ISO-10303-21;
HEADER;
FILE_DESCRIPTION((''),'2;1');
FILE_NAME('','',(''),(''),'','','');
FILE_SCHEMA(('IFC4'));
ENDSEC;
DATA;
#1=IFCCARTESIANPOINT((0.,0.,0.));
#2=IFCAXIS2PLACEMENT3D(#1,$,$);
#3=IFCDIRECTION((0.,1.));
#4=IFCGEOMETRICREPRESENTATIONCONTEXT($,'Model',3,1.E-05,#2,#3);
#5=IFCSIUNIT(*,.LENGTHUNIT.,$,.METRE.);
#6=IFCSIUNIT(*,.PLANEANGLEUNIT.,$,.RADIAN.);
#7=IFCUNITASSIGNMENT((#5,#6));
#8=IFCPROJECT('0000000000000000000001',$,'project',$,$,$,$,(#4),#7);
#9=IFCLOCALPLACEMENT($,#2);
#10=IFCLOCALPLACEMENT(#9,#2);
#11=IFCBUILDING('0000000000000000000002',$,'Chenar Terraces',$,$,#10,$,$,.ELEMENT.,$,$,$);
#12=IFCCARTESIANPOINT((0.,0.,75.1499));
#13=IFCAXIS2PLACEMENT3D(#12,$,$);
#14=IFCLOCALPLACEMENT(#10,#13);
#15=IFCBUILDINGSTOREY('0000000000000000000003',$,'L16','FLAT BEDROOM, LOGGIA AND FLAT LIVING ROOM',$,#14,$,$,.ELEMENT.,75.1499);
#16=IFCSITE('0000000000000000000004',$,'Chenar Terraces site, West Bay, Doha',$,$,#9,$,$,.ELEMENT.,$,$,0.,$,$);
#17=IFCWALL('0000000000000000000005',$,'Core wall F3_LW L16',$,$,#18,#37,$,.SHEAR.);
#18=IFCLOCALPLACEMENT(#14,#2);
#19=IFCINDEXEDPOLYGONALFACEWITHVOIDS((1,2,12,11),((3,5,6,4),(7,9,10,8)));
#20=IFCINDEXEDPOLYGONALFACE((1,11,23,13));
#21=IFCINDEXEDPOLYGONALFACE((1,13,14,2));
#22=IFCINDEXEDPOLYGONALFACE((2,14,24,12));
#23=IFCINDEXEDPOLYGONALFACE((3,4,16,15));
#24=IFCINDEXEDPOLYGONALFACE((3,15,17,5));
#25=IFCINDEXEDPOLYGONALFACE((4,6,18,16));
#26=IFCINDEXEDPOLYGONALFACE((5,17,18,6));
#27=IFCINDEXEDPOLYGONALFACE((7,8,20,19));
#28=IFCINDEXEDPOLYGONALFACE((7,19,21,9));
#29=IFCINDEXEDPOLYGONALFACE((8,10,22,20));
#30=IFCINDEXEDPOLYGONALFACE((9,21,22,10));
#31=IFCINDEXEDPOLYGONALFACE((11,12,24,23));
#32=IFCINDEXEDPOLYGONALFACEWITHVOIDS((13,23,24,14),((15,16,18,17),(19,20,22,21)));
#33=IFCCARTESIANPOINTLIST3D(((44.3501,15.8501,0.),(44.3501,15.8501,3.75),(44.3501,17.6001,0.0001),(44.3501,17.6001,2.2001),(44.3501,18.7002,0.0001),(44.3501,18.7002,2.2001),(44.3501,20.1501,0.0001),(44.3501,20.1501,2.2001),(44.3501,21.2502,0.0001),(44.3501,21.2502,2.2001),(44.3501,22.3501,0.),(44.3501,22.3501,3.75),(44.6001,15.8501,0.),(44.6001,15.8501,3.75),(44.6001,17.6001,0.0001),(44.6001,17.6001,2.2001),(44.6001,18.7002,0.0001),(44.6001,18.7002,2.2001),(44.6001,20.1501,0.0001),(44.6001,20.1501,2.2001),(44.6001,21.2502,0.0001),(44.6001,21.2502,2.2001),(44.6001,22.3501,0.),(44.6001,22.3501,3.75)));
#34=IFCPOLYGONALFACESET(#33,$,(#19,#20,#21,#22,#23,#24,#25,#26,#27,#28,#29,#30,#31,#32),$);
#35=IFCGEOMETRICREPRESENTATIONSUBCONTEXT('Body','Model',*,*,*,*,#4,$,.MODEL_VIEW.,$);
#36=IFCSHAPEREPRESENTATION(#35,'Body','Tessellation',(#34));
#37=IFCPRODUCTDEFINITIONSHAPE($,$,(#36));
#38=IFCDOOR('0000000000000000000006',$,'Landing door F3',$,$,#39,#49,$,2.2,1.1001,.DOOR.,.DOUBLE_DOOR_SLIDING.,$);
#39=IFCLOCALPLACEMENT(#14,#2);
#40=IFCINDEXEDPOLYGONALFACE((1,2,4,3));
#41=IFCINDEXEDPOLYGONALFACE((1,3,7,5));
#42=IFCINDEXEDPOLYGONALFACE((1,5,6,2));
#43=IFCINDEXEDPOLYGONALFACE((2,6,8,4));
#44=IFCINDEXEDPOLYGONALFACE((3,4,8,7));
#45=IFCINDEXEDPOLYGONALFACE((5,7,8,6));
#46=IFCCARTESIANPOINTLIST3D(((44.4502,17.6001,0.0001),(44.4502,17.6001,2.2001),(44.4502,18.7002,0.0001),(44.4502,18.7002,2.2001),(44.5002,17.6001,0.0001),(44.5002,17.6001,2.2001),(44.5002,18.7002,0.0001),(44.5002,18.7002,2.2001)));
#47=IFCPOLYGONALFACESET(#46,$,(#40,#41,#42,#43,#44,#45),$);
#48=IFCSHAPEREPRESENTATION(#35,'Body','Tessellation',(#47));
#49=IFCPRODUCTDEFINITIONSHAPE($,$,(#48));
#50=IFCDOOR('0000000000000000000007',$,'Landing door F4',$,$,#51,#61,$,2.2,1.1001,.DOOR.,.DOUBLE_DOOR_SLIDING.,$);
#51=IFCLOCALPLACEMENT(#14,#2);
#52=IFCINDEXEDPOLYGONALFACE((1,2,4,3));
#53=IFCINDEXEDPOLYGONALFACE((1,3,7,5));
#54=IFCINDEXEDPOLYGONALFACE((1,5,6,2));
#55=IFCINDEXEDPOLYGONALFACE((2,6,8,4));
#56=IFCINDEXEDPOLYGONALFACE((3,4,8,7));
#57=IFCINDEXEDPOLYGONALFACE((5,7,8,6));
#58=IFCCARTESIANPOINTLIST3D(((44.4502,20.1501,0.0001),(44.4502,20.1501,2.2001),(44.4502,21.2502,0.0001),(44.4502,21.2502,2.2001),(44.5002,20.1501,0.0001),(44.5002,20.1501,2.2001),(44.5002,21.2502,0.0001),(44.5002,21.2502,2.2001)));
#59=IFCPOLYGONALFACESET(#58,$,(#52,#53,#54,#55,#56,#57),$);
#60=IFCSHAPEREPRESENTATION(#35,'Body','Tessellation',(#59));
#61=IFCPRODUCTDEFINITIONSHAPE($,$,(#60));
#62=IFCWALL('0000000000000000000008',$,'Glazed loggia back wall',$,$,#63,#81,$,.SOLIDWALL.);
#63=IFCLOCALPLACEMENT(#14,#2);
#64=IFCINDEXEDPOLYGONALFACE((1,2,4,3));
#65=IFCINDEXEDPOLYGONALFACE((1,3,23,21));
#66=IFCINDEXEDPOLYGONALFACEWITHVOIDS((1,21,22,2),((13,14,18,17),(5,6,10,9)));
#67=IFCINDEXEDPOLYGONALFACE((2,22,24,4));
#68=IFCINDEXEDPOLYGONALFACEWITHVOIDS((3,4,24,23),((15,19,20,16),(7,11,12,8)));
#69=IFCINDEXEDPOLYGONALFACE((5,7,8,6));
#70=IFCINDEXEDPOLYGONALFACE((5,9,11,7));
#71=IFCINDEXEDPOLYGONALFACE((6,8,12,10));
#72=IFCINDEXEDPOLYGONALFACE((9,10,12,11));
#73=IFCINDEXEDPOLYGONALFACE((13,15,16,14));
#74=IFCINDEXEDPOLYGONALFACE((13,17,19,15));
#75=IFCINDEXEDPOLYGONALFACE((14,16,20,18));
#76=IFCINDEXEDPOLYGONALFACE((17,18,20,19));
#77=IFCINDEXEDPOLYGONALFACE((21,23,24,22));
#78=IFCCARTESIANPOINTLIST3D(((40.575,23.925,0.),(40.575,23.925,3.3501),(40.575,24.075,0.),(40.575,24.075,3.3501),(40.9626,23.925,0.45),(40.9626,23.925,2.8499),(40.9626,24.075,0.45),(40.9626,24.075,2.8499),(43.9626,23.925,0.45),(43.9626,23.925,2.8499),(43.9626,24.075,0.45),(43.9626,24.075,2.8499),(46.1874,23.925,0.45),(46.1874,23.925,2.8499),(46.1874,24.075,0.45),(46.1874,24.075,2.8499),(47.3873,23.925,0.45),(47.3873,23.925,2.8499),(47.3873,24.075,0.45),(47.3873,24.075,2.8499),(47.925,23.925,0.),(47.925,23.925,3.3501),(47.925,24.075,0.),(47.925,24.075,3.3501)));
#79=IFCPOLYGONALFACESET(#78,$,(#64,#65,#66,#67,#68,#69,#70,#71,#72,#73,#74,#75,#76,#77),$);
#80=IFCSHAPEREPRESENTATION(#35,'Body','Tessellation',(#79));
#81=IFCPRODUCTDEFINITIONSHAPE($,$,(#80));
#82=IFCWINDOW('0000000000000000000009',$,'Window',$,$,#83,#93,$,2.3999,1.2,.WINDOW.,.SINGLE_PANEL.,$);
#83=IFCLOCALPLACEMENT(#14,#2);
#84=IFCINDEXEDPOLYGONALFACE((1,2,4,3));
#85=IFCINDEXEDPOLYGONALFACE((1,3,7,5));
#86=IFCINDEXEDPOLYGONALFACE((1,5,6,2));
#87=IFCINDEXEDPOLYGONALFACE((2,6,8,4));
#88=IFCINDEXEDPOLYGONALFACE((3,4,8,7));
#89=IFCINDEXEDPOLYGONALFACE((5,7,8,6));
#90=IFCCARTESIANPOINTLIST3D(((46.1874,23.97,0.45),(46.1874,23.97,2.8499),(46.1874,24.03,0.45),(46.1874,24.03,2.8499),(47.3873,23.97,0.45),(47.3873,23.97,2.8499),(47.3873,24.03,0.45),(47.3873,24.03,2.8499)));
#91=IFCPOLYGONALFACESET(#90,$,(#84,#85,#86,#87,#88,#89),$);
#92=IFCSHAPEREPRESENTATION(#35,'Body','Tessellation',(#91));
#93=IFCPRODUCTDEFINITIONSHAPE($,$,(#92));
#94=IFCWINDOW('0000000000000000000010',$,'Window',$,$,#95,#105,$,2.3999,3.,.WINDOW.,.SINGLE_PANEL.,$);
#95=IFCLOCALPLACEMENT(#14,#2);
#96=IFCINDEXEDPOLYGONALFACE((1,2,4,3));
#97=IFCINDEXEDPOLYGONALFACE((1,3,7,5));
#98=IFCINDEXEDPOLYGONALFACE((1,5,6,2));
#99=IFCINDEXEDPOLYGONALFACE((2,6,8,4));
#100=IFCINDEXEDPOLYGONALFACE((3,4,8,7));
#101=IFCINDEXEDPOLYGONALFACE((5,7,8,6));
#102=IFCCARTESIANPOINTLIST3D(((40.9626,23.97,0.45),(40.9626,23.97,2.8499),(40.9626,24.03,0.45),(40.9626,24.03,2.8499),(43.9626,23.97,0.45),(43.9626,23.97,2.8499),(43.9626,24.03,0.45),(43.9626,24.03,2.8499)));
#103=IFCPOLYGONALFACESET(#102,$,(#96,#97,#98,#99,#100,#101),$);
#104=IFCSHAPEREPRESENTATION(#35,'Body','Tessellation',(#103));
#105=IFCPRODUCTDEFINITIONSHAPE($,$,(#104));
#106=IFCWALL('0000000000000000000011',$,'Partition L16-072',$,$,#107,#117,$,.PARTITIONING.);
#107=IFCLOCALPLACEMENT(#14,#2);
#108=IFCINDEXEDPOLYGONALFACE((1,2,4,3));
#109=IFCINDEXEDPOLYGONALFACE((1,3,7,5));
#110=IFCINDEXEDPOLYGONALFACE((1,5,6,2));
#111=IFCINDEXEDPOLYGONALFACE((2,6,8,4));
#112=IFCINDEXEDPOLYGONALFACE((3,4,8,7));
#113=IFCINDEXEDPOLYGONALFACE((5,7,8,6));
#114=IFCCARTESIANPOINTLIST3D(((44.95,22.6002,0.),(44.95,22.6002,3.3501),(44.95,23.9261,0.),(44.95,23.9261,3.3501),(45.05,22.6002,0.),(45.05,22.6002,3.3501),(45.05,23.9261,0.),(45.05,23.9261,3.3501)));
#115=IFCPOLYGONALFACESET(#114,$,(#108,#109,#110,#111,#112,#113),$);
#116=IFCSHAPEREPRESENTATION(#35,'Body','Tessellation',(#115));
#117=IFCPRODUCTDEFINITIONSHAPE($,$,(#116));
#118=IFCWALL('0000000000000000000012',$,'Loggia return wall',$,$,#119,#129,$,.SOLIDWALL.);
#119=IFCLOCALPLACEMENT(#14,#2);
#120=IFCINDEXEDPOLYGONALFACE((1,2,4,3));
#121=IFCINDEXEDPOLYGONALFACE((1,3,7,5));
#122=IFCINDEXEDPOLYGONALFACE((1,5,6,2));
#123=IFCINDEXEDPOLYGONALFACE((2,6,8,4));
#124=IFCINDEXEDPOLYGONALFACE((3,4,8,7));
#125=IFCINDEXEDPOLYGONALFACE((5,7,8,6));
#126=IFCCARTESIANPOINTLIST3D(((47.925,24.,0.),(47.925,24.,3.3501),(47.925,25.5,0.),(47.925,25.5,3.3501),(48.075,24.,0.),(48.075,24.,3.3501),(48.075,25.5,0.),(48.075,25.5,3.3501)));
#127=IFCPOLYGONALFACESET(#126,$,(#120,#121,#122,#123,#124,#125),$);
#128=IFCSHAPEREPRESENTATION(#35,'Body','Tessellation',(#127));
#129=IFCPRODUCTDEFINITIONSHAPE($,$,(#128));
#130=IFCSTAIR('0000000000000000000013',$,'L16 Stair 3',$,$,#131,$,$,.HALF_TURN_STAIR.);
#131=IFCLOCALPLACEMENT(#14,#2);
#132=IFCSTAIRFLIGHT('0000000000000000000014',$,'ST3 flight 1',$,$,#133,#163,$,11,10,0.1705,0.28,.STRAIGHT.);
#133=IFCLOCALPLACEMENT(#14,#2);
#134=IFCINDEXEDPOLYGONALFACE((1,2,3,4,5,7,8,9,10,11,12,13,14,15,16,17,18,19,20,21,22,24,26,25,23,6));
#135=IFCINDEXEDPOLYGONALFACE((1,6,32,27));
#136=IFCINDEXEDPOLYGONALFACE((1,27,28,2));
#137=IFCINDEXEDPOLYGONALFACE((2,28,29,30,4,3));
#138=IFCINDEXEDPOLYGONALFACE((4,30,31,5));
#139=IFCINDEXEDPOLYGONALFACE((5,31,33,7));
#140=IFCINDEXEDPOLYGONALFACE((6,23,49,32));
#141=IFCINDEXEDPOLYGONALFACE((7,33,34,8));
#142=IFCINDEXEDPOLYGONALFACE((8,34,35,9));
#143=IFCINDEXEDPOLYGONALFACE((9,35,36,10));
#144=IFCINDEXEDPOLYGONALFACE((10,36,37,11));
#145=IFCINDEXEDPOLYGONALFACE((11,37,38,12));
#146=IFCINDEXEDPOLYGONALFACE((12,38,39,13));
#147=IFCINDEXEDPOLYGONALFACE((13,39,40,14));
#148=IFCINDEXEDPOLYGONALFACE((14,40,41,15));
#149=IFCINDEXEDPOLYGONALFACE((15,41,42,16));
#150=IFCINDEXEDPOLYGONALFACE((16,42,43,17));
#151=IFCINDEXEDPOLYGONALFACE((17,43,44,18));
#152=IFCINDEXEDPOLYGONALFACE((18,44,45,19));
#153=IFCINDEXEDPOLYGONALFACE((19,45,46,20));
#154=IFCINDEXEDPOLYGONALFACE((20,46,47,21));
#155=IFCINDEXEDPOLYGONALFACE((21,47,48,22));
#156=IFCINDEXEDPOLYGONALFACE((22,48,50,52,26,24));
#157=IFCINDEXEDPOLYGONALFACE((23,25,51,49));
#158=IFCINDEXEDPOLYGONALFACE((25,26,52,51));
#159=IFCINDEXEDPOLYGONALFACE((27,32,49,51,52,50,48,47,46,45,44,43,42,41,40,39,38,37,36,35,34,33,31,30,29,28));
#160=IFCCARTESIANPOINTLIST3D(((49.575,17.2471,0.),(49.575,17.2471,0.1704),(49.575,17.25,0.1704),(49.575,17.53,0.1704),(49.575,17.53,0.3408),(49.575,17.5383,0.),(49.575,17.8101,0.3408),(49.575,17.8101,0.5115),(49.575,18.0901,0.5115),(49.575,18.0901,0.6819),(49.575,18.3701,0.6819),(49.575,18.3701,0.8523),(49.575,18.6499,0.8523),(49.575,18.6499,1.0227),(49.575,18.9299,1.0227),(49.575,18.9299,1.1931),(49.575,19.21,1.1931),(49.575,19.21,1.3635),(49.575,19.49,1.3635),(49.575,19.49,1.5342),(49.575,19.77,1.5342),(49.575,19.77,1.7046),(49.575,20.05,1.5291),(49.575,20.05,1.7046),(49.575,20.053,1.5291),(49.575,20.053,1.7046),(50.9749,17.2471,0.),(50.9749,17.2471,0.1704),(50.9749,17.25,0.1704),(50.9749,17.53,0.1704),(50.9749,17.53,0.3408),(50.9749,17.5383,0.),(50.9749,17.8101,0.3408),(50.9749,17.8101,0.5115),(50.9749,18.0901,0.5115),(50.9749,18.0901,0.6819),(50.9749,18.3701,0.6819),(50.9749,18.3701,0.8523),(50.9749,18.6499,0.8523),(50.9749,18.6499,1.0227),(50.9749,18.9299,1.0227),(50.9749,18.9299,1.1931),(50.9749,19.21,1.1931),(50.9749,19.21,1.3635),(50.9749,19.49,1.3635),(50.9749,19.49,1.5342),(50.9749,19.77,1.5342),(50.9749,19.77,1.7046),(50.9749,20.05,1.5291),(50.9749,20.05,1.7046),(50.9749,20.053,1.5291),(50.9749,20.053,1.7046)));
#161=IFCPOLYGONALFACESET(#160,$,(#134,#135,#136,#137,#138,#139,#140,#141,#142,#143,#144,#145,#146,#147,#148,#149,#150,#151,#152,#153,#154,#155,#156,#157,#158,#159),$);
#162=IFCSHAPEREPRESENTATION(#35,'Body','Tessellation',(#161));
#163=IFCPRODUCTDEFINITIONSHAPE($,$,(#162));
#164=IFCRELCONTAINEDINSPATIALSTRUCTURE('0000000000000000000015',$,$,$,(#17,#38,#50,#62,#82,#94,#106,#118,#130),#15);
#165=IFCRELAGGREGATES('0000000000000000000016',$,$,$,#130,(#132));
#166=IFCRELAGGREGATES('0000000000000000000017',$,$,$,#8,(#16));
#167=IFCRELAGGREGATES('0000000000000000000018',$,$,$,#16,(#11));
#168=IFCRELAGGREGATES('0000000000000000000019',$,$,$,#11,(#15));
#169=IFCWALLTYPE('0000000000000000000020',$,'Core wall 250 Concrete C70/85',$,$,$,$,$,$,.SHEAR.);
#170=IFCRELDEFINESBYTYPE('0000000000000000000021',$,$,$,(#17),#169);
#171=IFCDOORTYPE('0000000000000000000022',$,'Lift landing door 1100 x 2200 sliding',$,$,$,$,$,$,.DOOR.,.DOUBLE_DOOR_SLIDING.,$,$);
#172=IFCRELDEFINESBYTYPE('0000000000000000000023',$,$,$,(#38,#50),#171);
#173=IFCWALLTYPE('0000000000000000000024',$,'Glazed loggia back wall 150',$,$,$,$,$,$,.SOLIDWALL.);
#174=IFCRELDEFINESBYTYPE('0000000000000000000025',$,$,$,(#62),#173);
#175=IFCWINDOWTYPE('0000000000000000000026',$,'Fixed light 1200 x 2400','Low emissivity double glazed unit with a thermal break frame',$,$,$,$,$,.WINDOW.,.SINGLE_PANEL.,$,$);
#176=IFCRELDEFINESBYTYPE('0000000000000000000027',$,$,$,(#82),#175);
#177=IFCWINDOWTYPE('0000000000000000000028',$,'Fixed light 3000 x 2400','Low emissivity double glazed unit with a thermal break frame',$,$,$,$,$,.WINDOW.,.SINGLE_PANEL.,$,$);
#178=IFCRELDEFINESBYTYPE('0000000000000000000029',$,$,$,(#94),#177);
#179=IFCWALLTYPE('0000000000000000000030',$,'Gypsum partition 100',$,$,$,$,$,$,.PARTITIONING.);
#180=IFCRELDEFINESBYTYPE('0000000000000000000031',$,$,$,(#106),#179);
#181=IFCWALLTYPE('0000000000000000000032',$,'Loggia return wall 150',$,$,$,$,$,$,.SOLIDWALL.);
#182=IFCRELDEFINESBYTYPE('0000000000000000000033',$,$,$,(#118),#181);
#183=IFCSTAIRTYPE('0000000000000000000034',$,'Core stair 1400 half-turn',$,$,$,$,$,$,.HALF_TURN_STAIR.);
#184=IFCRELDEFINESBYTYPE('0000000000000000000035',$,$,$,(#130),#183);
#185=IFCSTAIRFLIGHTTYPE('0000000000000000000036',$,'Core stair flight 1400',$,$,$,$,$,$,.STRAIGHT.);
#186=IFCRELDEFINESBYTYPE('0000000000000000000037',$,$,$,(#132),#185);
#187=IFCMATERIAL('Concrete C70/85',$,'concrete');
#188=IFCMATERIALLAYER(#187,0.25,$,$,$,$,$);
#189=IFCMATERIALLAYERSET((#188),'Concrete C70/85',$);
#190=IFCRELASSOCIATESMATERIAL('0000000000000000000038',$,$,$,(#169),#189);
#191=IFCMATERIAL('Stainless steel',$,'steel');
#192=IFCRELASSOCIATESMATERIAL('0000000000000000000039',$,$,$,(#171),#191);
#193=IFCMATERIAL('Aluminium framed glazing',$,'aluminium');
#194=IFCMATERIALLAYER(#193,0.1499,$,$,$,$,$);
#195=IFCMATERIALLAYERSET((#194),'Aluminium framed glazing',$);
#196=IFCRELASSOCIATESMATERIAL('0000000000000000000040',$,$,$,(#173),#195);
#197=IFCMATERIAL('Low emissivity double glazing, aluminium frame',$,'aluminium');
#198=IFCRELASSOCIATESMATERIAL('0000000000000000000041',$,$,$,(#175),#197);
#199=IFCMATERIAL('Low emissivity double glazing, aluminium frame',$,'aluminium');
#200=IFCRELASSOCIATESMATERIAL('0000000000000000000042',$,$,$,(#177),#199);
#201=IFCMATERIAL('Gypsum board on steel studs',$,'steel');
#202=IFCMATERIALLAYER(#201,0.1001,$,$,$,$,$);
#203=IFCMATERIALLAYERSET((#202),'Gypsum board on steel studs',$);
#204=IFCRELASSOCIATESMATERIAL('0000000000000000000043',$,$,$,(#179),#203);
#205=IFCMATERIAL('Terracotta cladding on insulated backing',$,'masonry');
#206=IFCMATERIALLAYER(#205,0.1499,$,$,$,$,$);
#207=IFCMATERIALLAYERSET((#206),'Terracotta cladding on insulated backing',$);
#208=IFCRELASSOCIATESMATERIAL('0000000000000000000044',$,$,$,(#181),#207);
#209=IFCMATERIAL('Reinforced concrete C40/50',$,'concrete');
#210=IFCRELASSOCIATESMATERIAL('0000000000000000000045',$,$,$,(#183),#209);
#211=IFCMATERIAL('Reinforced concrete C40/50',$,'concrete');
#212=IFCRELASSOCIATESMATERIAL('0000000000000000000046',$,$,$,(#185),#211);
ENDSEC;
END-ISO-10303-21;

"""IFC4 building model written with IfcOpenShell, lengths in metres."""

from ifc_helpers import new_model, si_unit, direction, frame, frame_2d, origin, place, context, subcontext, project, spatial, polyline, rectangle, outline, extrude, material, layer, layer_set, type_object, element, fill, aggregate, save


model = new_model("IFC4")

# Units and contexts
model_context = context("Model", 3, precision=1e-05, world=origin(), true_north=direction((0.0, 1.0)))
body_context = subcontext(model_context, "Body", "Model", "MODEL_VIEW")
ifc_project = project(units=[si_unit("LENGTHUNIT", "METRE"), si_unit("PLANEANGLEUNIT", "RADIAN")], contexts=[model_context])

# Site, building, storey
site_placement = place(None, origin())
site = spatial("IfcSite", under=ifc_project, at=site_placement, Name="Chenar Terraces site, West Bay, Doha", CompositionType="ELEMENT", RefElevation=0.0)
building_placement = place(site_placement, origin())
building = spatial("IfcBuilding", under=site, at=building_placement, Name="Chenar Terraces", CompositionType="ELEMENT")
storey_placement = place(building_placement, frame((0.0, 0.0, 75.1499)))
storey = spatial("IfcBuildingStorey", under=building, at=storey_placement, Name="L16", Description="FLAT BEDROOM, LOGGIA AND FLAT LIVING ROOM", CompositionType="ELEMENT", Elevation=75.1499)

# Shared definitions
ifc_material_1 = material(Name="Concrete C70/85", Category="concrete")
ifc_layer_1 = layer(ifc_material_1, 0.25)
ifc_layer_set_1 = layer_set([ifc_layer_1], Name="Concrete C70/85")
wall_type_1 = type_object("IfcWallType", Name="Core wall 250 Concrete C70/85", PredefinedType="SHEAR", material=ifc_layer_set_1)

# Wall, openings, doors
wall_1_placement = place(storey_placement, frame((44.4751, 15.8501, 0.0), z_axis=(0.0, 0.0, 1.0), x_axis=(0.0, 1.0, 0.0)))
wall_1 = element("IfcWall", 1, at=wall_1_placement, inside=storey, type_object=wall_type_1, Name="Core wall F3_LW L16", PredefinedType="SHEAR", context=body_context, shape_type="SweptSolid", body=[
    extrude(rectangle(XDim=6.5, YDim=0.25, at=frame_2d((3.25, 0.0))), origin(), (0.0, 0.0, 1.0), 3.75),
])
opening_1_placement = place(wall_1_placement, frame((1.75, 0.0, 0.0)))
opening_1 = element("IfcOpeningElement", 2, at=opening_1_placement, cuts=wall_1, PredefinedType="OPENING", context=body_context, shape_type="SweptSolid", body=[
    extrude(rectangle(XDim=1.1001, YDim=2.2, at=frame_2d((0.55, 1.1001))), frame((0.0, 0.135, 0.0), z_axis=(0.0, -1.0, 0.0), x_axis=(1.0, 0.0, 0.0)), (0.0, 0.0, 1.0), 0.27),
])
opening_2_placement = place(wall_1_placement, frame((4.3, 0.0, 0.0)))
opening_2 = element("IfcOpeningElement", 3, at=opening_2_placement, cuts=wall_1, PredefinedType="OPENING", context=body_context, shape_type="SweptSolid", body=[
    extrude(rectangle(XDim=1.1001, YDim=2.2, at=frame_2d((0.55, 1.1001))), frame((0.0, 0.135, 0.0), z_axis=(0.0, -1.0, 0.0), x_axis=(1.0, 0.0, 0.0)), (0.0, 0.0, 1.0), 0.27),
])
ifc_material_2 = material(Name="Stainless steel", Category="steel")
door_type_1 = type_object("IfcDoorType", Name="Lift landing door 1100 x 2200 sliding", OperationType="DOUBLE_DOOR_SLIDING", PredefinedType="DOOR", material=ifc_material_2)
door_1_placement = place(opening_1_placement, origin())
door_1 = element("IfcDoor", 4, at=door_1_placement, inside=storey, type_object=door_type_1, Name="Landing door F3", OperationType="DOUBLE_DOOR_SLIDING", OverallHeight=2.2, OverallWidth=1.1001, PredefinedType="DOOR", context=body_context, shape_type="SweptSolid", body=[
    extrude(rectangle(XDim=1.1001, YDim=2.2, at=frame_2d((0.55, 1.1001))), frame((0.0, 0.0249, 0.0), z_axis=(0.0, -1.0, 0.0), x_axis=(1.0, 0.0, 0.0)), (0.0, 0.0, 1.0), 0.05),
])
fill(opening_1, door_1)
door_2_placement = place(opening_2_placement, origin())
door_2 = element("IfcDoor", 5, at=door_2_placement, inside=storey, type_object=door_type_1, Name="Landing door F4", OperationType="DOUBLE_DOOR_SLIDING", OverallHeight=2.2, OverallWidth=1.1001, PredefinedType="DOOR", context=body_context, shape_type="SweptSolid", body=[
    extrude(rectangle(XDim=1.1001, YDim=2.2, at=frame_2d((0.55, 1.1001))), frame((0.0, 0.0249, 0.0), z_axis=(0.0, -1.0, 0.0), x_axis=(1.0, 0.0, 0.0)), (0.0, 0.0, 1.0), 0.05),
])
fill(opening_2, door_2)

# Wall, openings, windows
ifc_material_3 = material(Name="Aluminium framed glazing", Category="aluminium")
ifc_layer_2 = layer(ifc_material_3, 0.1499)
ifc_layer_set_2 = layer_set([ifc_layer_2], Name="Aluminium framed glazing")
wall_type_2 = type_object("IfcWallType", Name="Glazed loggia back wall 150", PredefinedType="SOLIDWALL", material=ifc_layer_set_2)
wall_2_placement = place(storey_placement, frame((47.925, 24.0, 0.0), z_axis=(0.0, 0.0, 1.0), x_axis=(-1.0, 0.0, 0.0)))
wall_2 = element("IfcWall", 6, at=wall_2_placement, inside=storey, type_object=wall_type_2, Name="Glazed loggia back wall", PredefinedType="SOLIDWALL", context=body_context, shape_type="SweptSolid", body=[
    extrude(rectangle(XDim=7.3501, YDim=0.1499, at=frame_2d((3.675, 0.0))), origin(), (0.0, 0.0, 1.0), 3.3501),
])
opening_3_placement = place(wall_2_placement, frame((0.5376, 0.0, 0.45)))
opening_3 = element("IfcOpeningElement", 7, at=opening_3_placement, cuts=wall_2, PredefinedType="OPENING", context=body_context, shape_type="SweptSolid", body=[
    extrude(rectangle(XDim=1.2, YDim=2.3999, at=frame_2d((0.6001, 1.2))), frame((0.0, 0.085, 0.0), z_axis=(0.0, -1.0, 0.0), x_axis=(1.0, 0.0, 0.0)), (0.0, 0.0, 1.0), 0.1699),
])
opening_4_placement = place(wall_2_placement, frame((3.9624, 0.0, 0.45)))
opening_4 = element("IfcOpeningElement", 8, at=opening_4_placement, cuts=wall_2, PredefinedType="OPENING", context=body_context, shape_type="SweptSolid", body=[
    extrude(rectangle(XDim=3.0, YDim=2.3999, at=frame_2d((1.5, 1.2))), frame((0.0, 0.085, 0.0), z_axis=(0.0, -1.0, 0.0), x_axis=(1.0, 0.0, 0.0)), (0.0, 0.0, 1.0), 0.1699),
])
ifc_material_4 = material(Name="Low emissivity double glazing, aluminium frame", Category="aluminium")
window_type_1 = type_object("IfcWindowType", Name="Fixed light 1200 x 2400", Description="Low emissivity double glazed unit with a thermal break frame", PartitioningType="SINGLE_PANEL", PredefinedType="WINDOW", material=ifc_material_4)
window_1_placement = place(opening_3_placement, origin())
window_1 = element("IfcWindow", 9, at=window_1_placement, inside=storey, type_object=window_type_1, Name="Window", OverallHeight=2.3999, OverallWidth=1.2, PartitioningType="SINGLE_PANEL", PredefinedType="WINDOW", context=body_context, shape_type="SweptSolid", body=[
    extrude(rectangle(XDim=1.2, YDim=2.3999, at=frame_2d((0.6001, 1.2))), frame((0.0, 0.03, 0.0), z_axis=(0.0, -1.0, 0.0), x_axis=(1.0, 0.0, 0.0)), (0.0, 0.0, 1.0), 0.0601),
])
fill(opening_3, window_1)
ifc_material_5 = material(Name="Low emissivity double glazing, aluminium frame", Category="aluminium")
window_type_2 = type_object("IfcWindowType", Name="Fixed light 3000 x 2400", Description="Low emissivity double glazed unit with a thermal break frame", PartitioningType="SINGLE_PANEL", PredefinedType="WINDOW", material=ifc_material_5)
window_2_placement = place(opening_4_placement, origin())
window_2 = element("IfcWindow", 10, at=window_2_placement, inside=storey, type_object=window_type_2, Name="Window", OverallHeight=2.3999, OverallWidth=3.0, PartitioningType="SINGLE_PANEL", PredefinedType="WINDOW", context=body_context, shape_type="SweptSolid", body=[
    extrude(rectangle(XDim=3.0, YDim=2.3999, at=frame_2d((1.5, 1.2))), frame((0.0, 0.03, 0.0), z_axis=(0.0, -1.0, 0.0), x_axis=(1.0, 0.0, 0.0)), (0.0, 0.0, 1.0), 0.0601),
])
fill(opening_4, window_2)

# Walls
ifc_material_6 = material(Name="Gypsum board on steel studs", Category="steel")
ifc_layer_3 = layer(ifc_material_6, 0.1001)
ifc_layer_set_3 = layer_set([ifc_layer_3], Name="Gypsum board on steel studs")
wall_type_3 = type_object("IfcWallType", Name="Gypsum partition 100", PredefinedType="PARTITIONING", material=ifc_layer_set_3)
wall_3_placement = place(storey_placement, frame((45.0, 22.6001, 0.0), z_axis=(0.0, 0.0, 1.0), x_axis=(0.0, 1.0, 0.0)))
element("IfcWall", 11, at=wall_3_placement, inside=storey, type_object=wall_type_3, Name="Partition L16-072", PredefinedType="PARTITIONING", context=body_context, shape_type="SweptSolid", body=[
    extrude(rectangle(XDim=1.3259, YDim=0.1001, at=frame_2d((0.6631, 0.0))), origin(), (0.0, 0.0, 1.0), 3.3501),
])
ifc_material_7 = material(Name="Terracotta cladding on insulated backing", Category="masonry")
ifc_layer_4 = layer(ifc_material_7, 0.1499)
ifc_layer_set_4 = layer_set([ifc_layer_4], Name="Terracotta cladding on insulated backing")
wall_type_4 = type_object("IfcWallType", Name="Loggia return wall 150", PredefinedType="SOLIDWALL", material=ifc_layer_set_4)
wall_4_placement = place(storey_placement, frame((48.0, 25.5, 0.0), z_axis=(0.0, 0.0, 1.0), x_axis=(0.0, -1.0, 0.0)))
element("IfcWall", 12, at=wall_4_placement, inside=storey, type_object=wall_type_4, Name="Loggia return wall", PredefinedType="SOLIDWALL", context=body_context, shape_type="SweptSolid", body=[
    extrude(rectangle(XDim=1.5, YDim=0.1499, at=frame_2d((0.75, 0.0))), origin(), (0.0, 0.0, 1.0), 3.3501),
])

# Stair, stair flight
ifc_material_8 = material(Name="Reinforced concrete C40/50", Category="concrete")
stair_type = type_object("IfcStairType", Name="Core stair 1400 half-turn", PredefinedType="HALF_TURN_STAIR", material=ifc_material_8)
stair_placement = place(storey_placement, origin())
stair = element("IfcStair", 13, at=stair_placement, inside=storey, type_object=stair_type, Name="L16 Stair 3", PredefinedType="HALF_TURN_STAIR")
ifc_material_9 = material(Name="Reinforced concrete C40/50", Category="concrete")
stair_flight_type = type_object("IfcStairFlightType", Name="Core stair flight 1400", PredefinedType="STRAIGHT", material=ifc_material_9)
stair_flight_1_placement = place(storey_placement, frame((50.2749, 17.25, 0.0), z_axis=(0.0, 0.0, 1.0), x_axis=(0.0, 1.0, 0.0)))
stair_flight_1 = element("IfcStairFlight", 14, at=stair_flight_1_placement, type_object=stair_flight_type, Name="ST3 flight 1", NumberOfRisers=11, NumberOfTreads=10, PredefinedType="STRAIGHT", RiserHeight=0.1705, TreadLength=0.28, context=body_context, shape_type="SweptSolid", body=[
    extrude(outline(polyline([(-0.0029, 0.0), (-0.0029, 0.1704), (0.0, 0.1704), (0.28, 0.1704), (0.28, 0.3408), (0.5601, 0.3408), (0.5601, 0.5115), (0.8401, 0.5115), (0.8401, 0.6819), (1.1201, 0.6819), (1.1201, 0.8523), (1.3999, 0.8523), (1.3999, 1.0227), (1.6799, 1.0227), (1.6799, 1.1931), (1.96, 1.1931), (1.96, 1.3635), (2.24, 1.3635), (2.24, 1.5342), (2.52, 1.5342), (2.52, 1.7046), (2.8, 1.7046), (2.803, 1.7046), (2.803, 1.5291), (2.8, 1.5291), (0.2883, 0.0), (-0.0029, 0.0)])), frame((0.0, 0.7, 0.0), z_axis=(0.0, -1.0, 0.0), x_axis=(1.0, 0.0, 0.0)), (0.0, 0.0, 1.0), 1.3999),
])
aggregate(stair, [stair_flight_1])

save(model, "model.ifc")
